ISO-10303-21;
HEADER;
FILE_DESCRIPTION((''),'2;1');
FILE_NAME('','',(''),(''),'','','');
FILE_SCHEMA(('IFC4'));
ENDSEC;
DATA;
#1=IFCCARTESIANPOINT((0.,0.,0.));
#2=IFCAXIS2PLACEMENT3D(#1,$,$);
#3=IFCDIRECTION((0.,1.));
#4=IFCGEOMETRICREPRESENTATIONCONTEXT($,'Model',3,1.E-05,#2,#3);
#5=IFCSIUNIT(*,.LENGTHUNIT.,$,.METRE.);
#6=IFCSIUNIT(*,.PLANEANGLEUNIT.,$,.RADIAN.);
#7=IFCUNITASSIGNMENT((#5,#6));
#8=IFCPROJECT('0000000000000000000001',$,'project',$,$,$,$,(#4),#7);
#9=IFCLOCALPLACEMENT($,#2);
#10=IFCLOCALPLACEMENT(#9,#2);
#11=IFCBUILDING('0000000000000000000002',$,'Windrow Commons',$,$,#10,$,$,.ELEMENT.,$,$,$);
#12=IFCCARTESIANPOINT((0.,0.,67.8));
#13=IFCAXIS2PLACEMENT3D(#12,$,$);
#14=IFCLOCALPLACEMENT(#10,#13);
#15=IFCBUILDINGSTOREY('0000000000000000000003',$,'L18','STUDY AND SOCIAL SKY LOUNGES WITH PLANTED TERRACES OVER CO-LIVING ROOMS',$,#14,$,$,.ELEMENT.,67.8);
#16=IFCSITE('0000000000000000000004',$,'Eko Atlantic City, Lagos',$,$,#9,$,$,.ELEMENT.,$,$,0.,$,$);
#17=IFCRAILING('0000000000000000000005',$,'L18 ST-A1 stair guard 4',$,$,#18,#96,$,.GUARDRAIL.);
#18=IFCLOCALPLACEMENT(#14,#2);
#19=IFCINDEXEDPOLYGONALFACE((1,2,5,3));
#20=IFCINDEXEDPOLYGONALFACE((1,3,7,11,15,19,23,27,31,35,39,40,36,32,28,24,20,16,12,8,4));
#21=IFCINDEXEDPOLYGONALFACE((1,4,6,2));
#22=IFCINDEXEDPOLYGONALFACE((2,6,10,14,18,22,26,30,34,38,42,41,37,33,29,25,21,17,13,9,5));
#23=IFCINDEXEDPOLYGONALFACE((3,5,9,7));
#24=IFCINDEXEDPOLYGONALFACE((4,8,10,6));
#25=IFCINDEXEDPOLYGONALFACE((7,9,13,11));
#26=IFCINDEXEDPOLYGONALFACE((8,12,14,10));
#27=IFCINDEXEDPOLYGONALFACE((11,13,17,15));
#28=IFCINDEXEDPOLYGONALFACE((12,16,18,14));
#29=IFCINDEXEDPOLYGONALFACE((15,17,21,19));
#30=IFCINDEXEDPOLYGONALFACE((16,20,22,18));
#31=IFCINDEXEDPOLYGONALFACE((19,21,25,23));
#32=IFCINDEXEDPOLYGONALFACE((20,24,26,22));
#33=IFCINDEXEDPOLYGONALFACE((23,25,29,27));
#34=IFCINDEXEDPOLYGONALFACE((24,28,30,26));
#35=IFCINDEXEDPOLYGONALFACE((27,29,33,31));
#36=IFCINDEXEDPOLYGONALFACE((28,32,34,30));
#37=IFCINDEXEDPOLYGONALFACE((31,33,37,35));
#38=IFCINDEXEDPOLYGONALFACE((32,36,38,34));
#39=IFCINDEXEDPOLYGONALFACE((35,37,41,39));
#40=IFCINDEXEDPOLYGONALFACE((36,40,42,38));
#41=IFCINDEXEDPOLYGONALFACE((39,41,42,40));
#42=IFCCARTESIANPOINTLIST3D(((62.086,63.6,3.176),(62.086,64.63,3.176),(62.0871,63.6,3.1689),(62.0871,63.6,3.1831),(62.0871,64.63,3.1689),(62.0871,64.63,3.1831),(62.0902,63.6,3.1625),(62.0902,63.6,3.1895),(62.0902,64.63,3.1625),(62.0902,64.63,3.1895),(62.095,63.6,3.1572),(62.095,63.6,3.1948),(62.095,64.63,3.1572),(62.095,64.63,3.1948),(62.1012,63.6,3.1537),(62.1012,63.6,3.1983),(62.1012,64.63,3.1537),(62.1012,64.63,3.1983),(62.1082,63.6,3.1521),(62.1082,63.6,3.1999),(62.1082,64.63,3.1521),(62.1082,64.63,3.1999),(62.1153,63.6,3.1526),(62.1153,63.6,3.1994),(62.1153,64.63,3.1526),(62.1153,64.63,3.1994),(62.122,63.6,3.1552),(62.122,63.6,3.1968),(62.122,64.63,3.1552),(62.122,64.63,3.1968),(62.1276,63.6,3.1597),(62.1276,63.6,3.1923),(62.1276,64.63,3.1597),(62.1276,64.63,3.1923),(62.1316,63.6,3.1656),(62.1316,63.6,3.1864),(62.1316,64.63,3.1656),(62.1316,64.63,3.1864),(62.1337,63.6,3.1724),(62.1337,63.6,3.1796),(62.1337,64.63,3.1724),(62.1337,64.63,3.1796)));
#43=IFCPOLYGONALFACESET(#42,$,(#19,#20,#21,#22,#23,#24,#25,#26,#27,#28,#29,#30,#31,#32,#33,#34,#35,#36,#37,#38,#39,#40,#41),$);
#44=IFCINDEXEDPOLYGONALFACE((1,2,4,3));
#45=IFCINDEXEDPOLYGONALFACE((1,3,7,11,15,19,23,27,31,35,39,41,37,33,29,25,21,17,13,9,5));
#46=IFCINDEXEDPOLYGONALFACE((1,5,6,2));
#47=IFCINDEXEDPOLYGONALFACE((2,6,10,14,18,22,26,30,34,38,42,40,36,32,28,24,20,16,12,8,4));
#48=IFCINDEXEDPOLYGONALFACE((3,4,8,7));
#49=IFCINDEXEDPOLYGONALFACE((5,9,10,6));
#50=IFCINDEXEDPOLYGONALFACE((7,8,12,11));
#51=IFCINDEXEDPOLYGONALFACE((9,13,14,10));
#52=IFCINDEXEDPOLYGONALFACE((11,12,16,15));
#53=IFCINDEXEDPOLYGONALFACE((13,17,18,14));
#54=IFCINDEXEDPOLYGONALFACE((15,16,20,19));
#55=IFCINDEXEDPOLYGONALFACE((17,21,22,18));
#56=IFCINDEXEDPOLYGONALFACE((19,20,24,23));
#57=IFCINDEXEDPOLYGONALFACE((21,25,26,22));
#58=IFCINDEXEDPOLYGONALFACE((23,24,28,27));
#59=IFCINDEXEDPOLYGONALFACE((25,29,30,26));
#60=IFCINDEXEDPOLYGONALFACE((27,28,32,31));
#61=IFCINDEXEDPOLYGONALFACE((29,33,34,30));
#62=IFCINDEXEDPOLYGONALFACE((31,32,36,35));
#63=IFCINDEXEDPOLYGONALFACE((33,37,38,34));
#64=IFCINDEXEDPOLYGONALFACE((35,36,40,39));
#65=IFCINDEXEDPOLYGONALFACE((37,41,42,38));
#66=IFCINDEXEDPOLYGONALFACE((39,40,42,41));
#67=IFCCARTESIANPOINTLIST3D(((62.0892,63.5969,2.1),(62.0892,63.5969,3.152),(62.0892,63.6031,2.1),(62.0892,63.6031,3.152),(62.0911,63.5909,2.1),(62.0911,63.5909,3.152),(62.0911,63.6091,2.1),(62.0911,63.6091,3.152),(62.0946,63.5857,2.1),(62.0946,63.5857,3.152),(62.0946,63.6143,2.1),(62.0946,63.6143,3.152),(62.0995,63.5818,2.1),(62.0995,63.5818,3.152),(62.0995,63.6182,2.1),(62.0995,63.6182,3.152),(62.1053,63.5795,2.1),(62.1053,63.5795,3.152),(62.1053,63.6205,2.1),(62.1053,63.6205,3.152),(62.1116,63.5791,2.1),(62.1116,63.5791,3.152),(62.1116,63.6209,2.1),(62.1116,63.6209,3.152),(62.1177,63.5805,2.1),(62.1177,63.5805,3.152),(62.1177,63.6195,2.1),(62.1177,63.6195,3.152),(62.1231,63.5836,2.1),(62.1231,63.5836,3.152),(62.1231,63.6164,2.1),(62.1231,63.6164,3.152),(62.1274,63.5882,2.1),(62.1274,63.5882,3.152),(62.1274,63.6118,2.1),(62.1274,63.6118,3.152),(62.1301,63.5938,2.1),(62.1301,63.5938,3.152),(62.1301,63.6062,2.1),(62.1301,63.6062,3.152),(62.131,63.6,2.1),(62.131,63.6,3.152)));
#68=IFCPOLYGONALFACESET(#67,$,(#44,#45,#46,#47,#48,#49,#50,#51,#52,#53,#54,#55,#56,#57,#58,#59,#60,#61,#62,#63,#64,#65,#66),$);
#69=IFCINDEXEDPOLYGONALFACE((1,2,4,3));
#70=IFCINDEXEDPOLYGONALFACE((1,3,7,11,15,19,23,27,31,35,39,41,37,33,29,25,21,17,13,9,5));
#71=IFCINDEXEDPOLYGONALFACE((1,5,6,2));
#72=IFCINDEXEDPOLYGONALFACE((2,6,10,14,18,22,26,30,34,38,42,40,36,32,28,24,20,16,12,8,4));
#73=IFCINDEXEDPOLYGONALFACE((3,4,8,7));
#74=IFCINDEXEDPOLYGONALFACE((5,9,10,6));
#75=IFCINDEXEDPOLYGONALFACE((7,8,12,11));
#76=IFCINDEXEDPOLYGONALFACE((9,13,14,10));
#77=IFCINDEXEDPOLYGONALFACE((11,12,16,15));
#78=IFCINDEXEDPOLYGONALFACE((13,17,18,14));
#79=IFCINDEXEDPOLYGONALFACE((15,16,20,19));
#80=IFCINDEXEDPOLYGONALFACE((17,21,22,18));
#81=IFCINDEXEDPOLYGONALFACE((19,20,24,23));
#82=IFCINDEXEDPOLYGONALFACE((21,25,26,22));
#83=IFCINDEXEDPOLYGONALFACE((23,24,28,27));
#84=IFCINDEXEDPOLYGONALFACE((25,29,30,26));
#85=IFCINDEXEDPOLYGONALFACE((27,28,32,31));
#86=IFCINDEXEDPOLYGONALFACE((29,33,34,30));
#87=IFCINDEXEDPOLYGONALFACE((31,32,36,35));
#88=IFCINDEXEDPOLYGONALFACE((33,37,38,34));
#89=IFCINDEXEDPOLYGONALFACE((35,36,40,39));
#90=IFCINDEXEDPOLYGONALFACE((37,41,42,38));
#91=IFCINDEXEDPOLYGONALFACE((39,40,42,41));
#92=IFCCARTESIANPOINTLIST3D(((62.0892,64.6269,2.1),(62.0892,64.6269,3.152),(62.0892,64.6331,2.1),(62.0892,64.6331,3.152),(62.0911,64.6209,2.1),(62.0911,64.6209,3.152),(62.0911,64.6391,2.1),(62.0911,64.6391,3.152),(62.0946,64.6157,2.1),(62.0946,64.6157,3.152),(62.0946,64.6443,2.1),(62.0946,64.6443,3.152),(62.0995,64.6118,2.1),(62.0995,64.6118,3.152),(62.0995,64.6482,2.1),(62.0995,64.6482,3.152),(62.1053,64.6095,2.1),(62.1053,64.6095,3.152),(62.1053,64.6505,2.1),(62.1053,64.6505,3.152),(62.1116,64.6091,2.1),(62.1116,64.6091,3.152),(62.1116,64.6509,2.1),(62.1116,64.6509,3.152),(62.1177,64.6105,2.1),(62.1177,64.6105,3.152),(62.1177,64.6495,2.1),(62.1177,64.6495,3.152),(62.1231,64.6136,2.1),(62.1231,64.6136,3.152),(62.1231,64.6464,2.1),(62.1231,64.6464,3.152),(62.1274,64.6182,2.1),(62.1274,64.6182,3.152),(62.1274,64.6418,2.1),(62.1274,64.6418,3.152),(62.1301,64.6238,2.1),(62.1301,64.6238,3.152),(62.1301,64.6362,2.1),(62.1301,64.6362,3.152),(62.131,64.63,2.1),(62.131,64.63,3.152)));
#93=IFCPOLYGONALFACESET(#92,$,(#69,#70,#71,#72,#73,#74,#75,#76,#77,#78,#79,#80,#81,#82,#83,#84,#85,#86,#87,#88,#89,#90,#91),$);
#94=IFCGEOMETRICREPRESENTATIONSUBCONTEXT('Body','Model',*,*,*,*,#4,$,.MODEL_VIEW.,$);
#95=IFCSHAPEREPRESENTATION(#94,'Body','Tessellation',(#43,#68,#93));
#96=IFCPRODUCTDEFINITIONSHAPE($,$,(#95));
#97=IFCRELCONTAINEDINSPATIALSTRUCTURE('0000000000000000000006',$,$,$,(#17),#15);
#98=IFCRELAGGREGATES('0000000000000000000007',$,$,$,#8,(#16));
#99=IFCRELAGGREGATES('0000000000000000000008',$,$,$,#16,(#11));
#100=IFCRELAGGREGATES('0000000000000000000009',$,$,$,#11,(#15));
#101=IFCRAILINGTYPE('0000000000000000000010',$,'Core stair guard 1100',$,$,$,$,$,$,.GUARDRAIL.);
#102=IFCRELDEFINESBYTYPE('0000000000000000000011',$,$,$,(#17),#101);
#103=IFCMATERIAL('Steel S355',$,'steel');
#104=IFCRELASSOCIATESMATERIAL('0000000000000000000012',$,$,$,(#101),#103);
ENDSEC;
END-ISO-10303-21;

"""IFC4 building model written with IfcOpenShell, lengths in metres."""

from ifc_helpers import new_model, si_unit, direction, frame, origin, origin_2d, place, context, subcontext, project, spatial, circle, extrude, material, type_object, element, save


model = new_model("IFC4")

# Units and contexts
model_context = context("Model", 3, precision=1e-05, world=origin(), true_north=direction((0.0, 1.0)))
body_context = subcontext(model_context, "Body", "Model", "MODEL_VIEW")
ifc_project = project(units=[si_unit("LENGTHUNIT", "METRE"), si_unit("PLANEANGLEUNIT", "RADIAN")], contexts=[model_context])

# Site, building, storey
site_placement = place(None, origin())
site = spatial("IfcSite", under=ifc_project, at=site_placement, Name="Eko Atlantic City, Lagos", CompositionType="ELEMENT", RefElevation=0.0)
building_placement = place(site_placement, origin())
building = spatial("IfcBuilding", under=site, at=building_placement, Name="Windrow Commons", CompositionType="ELEMENT")
storey_placement = place(building_placement, frame((0.0, 0.0, 67.8)))
storey = spatial("IfcBuildingStorey", under=building, at=storey_placement, Name="L18", Description="STUDY AND SOCIAL SKY LOUNGES WITH PLANTED TERRACES OVER CO-LIVING ROOMS", CompositionType="ELEMENT", Elevation=67.8)

# Railing
ifc_material_1 = material(Name="Steel S355", Category="steel")
railing_type_1 = type_object("IfcRailingType", Name="Core stair guard 1100", PredefinedType="GUARDRAIL", material=ifc_material_1)
railing_1_placement = place(storey_placement, frame((62.11, 63.6, 2.1)))
element("IfcRailing", 1, at=railing_1_placement, inside=storey, type_object=railing_type_1, Name="L18 ST-A1 stair guard 4", PredefinedType="GUARDRAIL", context=body_context, shape_type="SweptSolid", body=[
    extrude(circle(Radius=0.024, at=origin_2d()), frame((0.0, 0.0, 1.076), z_axis=(0.0, 1.0, 0.0), x_axis=(-1.0, 0.0, 0.0)), (0.0, 0.0, 1.0), 1.03),
    extrude(circle(Radius=0.021, at=origin_2d()), origin(), (0.0, 0.0, 1.0), 1.052),
    extrude(circle(Radius=0.021, at=origin_2d()), frame((0.0, 1.03, 0.0)), (0.0, 0.0, 1.0), 1.052),
])

save(model, "model.ifc")
